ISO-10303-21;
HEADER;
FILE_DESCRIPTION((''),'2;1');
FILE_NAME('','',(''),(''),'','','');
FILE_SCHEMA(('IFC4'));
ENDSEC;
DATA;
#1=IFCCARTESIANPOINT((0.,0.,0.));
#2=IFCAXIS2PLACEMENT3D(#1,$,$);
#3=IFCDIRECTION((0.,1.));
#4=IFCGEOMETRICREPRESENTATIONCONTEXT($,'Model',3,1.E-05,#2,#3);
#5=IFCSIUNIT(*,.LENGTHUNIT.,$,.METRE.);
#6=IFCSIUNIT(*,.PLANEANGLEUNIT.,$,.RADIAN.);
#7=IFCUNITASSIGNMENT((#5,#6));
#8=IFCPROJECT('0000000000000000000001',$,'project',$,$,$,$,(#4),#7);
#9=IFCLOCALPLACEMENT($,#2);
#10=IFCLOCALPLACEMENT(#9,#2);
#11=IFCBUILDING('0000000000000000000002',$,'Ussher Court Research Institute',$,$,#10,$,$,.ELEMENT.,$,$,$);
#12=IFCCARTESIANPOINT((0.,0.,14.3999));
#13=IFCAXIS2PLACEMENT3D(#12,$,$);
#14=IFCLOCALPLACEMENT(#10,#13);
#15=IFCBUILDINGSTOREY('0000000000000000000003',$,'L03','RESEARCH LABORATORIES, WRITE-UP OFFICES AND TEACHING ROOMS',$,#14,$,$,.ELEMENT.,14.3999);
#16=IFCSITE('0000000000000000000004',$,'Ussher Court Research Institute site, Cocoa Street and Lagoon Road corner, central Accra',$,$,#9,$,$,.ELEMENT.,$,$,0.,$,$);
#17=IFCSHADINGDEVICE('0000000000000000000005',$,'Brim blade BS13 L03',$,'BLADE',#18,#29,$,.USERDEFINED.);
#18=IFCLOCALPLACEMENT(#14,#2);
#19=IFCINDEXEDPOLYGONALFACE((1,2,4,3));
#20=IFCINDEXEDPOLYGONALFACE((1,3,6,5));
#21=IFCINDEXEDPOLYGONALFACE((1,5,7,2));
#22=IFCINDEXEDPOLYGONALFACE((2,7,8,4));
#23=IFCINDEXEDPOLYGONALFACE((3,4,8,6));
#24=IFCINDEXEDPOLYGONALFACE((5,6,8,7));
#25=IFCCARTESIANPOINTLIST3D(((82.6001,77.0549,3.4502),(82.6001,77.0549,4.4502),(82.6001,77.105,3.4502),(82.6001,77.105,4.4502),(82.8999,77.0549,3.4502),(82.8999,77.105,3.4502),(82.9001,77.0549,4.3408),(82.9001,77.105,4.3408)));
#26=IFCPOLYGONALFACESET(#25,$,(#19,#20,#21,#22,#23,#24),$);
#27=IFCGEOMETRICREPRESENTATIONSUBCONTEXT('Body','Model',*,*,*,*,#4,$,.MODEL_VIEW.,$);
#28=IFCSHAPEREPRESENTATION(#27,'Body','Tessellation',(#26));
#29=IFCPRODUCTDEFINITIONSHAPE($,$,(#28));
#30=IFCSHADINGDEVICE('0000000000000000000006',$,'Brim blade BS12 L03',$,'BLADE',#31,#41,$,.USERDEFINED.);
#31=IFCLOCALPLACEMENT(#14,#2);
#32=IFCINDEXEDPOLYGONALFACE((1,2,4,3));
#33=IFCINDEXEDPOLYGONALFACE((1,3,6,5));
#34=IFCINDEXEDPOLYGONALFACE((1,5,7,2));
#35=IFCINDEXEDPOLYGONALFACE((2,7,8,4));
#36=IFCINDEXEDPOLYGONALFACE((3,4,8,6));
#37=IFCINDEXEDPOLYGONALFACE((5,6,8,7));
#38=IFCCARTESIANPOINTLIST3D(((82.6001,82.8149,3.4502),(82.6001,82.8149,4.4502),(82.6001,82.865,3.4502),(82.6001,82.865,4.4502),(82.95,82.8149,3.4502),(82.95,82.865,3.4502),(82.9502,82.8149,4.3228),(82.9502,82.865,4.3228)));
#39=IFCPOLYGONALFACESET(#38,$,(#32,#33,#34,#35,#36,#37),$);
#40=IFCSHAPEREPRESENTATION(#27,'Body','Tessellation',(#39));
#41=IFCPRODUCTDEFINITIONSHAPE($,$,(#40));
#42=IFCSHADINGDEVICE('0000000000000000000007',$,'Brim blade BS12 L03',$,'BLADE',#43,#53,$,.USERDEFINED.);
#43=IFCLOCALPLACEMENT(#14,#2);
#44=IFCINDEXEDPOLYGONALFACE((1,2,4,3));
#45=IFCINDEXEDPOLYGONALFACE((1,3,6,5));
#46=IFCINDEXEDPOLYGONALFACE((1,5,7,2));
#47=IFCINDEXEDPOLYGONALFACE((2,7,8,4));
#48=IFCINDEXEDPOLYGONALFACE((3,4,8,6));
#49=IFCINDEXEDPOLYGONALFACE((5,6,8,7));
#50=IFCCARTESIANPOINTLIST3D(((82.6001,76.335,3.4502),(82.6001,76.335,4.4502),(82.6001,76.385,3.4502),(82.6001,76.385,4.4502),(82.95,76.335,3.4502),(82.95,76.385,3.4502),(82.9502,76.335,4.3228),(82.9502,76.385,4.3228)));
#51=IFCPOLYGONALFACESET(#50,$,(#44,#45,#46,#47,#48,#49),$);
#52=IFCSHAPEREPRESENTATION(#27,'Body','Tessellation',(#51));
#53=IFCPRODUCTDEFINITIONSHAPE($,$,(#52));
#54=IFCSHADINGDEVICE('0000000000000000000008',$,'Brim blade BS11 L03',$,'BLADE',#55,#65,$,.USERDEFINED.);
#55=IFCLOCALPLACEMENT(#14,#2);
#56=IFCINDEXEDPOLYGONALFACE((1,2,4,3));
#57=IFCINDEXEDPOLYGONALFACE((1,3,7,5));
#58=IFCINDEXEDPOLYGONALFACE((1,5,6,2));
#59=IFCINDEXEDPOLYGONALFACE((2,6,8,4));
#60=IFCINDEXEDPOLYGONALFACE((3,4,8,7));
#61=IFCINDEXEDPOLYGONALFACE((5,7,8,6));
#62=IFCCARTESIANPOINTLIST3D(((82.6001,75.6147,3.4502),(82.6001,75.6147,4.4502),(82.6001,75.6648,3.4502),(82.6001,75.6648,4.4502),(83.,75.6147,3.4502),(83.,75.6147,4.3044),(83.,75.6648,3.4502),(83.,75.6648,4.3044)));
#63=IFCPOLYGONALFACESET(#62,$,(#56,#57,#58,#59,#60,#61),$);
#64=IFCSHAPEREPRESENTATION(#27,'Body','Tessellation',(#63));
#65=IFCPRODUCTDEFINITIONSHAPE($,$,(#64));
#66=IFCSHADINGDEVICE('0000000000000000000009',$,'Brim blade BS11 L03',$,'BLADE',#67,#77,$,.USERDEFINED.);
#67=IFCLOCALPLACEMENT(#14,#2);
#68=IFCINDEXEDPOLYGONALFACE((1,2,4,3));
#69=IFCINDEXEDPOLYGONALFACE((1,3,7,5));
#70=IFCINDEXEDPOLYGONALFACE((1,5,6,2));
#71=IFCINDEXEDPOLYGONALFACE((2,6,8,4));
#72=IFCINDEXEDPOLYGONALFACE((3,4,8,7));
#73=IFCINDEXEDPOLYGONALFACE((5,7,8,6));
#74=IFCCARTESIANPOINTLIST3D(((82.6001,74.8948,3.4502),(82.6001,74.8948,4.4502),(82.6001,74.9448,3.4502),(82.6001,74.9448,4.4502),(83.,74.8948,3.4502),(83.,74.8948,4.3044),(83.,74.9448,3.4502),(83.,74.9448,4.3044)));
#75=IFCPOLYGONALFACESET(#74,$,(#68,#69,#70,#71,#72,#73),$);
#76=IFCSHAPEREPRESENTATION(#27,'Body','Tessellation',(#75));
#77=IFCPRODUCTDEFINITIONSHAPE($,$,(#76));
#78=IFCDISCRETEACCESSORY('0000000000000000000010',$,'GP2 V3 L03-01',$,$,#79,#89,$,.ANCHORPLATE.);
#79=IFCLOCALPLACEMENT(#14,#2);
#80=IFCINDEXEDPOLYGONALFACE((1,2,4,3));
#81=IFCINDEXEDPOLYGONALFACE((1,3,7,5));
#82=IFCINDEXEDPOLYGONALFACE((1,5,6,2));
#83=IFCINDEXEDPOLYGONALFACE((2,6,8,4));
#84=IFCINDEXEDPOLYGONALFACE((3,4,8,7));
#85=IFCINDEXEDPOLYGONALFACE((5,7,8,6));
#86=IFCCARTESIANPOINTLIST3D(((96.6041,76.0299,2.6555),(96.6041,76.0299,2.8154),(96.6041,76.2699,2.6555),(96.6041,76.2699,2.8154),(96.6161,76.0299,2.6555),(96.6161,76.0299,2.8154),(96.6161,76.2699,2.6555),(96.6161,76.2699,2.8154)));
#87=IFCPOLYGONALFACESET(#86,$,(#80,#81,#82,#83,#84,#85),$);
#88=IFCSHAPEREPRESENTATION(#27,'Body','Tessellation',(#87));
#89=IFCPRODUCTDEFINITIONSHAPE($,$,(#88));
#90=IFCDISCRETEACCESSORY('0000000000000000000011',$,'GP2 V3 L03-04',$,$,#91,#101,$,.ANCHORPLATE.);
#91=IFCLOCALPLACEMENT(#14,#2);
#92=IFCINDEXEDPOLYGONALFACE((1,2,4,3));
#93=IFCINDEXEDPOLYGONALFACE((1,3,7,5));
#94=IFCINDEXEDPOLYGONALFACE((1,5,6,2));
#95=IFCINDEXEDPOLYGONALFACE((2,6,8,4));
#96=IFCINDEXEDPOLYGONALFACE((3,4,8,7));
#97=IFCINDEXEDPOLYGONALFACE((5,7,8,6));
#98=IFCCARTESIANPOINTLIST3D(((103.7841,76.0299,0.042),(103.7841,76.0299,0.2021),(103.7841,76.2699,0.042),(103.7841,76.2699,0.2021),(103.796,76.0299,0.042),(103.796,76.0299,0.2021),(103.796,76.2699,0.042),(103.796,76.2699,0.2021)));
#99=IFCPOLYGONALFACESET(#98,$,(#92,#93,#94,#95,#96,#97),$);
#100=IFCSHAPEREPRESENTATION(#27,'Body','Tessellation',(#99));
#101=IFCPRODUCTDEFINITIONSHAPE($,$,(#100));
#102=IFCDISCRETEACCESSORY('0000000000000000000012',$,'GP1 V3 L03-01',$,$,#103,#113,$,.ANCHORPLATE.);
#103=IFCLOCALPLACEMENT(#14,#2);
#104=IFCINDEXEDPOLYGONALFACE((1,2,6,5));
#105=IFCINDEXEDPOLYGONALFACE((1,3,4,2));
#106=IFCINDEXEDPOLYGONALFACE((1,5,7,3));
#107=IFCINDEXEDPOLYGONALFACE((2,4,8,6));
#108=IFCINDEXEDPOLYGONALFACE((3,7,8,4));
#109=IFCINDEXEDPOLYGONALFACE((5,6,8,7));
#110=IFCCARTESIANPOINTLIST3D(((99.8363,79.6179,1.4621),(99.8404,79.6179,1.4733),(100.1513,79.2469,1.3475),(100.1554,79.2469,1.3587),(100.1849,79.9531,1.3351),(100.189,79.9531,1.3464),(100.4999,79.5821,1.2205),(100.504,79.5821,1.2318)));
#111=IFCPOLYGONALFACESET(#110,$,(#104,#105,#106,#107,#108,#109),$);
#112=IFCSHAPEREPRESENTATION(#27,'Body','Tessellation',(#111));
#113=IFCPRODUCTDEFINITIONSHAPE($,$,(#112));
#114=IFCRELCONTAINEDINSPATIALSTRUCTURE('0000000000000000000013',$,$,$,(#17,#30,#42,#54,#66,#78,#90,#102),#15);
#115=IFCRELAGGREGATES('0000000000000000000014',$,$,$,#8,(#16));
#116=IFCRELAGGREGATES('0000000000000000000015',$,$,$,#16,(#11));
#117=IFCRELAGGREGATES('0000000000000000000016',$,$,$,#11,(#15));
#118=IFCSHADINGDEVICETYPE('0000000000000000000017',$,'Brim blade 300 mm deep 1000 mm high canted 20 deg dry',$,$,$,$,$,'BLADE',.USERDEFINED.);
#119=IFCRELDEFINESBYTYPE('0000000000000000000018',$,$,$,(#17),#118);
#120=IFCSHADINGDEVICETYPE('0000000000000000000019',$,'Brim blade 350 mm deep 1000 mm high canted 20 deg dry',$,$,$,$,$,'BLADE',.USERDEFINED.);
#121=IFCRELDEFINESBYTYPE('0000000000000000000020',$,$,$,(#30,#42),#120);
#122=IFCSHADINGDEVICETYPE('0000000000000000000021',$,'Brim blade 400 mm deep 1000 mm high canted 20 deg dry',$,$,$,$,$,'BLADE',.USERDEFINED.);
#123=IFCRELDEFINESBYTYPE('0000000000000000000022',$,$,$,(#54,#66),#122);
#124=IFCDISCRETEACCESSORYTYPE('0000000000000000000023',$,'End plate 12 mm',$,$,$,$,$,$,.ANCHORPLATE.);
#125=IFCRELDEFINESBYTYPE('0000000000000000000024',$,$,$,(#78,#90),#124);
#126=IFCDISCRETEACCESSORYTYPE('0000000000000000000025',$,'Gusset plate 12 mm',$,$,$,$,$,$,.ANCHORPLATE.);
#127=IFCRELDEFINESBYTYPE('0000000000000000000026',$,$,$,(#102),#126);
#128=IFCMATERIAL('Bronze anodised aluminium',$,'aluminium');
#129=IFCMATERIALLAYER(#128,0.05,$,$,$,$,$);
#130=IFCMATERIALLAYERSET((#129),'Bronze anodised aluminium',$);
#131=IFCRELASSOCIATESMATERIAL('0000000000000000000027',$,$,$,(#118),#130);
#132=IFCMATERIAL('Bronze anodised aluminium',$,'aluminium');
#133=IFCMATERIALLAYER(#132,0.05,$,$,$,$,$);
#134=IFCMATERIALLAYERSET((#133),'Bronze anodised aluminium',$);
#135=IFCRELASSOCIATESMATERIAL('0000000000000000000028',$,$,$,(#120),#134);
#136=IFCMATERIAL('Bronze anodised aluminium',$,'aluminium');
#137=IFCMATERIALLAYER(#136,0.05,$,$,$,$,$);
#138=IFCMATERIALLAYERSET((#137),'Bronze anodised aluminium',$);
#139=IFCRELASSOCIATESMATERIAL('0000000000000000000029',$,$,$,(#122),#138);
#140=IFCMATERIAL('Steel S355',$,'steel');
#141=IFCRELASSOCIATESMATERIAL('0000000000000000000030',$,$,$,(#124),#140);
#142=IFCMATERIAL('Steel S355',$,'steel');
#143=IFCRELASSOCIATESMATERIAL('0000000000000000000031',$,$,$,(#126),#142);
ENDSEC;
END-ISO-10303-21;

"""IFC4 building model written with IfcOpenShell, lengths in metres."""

from ifc_helpers import new_model, si_unit, direction, frame, origin, origin_2d, place, context, subcontext, project, spatial, polyline, rectangle, outline, extrude, material, layer, layer_set, material_profile, profile_set, type_object, element, save


model = new_model("IFC4")

# Units and contexts
model_context = context("Model", 3, precision=1e-05, world=origin(), true_north=direction((0.0, 1.0)))
body_context = subcontext(model_context, "Body", "Model", "MODEL_VIEW")
ifc_project = project(units=[si_unit("LENGTHUNIT", "METRE"), si_unit("PLANEANGLEUNIT", "RADIAN")], contexts=[model_context])

# Site, building, storey
site_placement = place(None, origin())
site = spatial("IfcSite", under=ifc_project, at=site_placement, Name="Ussher Court Research Institute site, Cocoa Street and Lagoon Road corner, central Accra", CompositionType="ELEMENT", RefElevation=0.0)
building_placement = place(site_placement, origin())
building = spatial("IfcBuilding", under=site, at=building_placement, Name="Ussher Court Research Institute", CompositionType="ELEMENT")
storey_placement = place(building_placement, frame((0.0, 0.0, 14.3999)))
storey = spatial("IfcBuildingStorey", under=building, at=storey_placement, Name="L03", Description="RESEARCH LABORATORIES, WRITE-UP OFFICES AND TEACHING ROOMS", CompositionType="ELEMENT", Elevation=14.3999)

# Shading devices
ifc_material_1 = material(Name="Bronze anodised aluminium", Category="aluminium")
ifc_layer_1 = layer(ifc_material_1, 0.05)
ifc_layer_set_1 = layer_set([ifc_layer_1], Name="Bronze anodised aluminium")
shading_device_type_1 = type_object("IfcShadingDeviceType", Name="Brim blade 300 mm deep 1000 mm high canted 20 deg dry", ElementType="BLADE", PredefinedType="USERDEFINED", material=ifc_layer_set_1)
for number, where, z_axis, x_axis, name in (
    (1, (82.6001, 77.0801, 3.4502), (0.0, 0.0, 1.0), (1.0, 0.0, 0.0), "Brim blade BS13 L03"),
):
    element("IfcShadingDevice", number, at=place(storey_placement, frame(where, z_axis=z_axis, x_axis=x_axis)), inside=storey, type_object=shading_device_type_1, Name=name, ObjectType="BLADE", PredefinedType="USERDEFINED", context=body_context, shape_type="SweptSolid", body=[
        extrude(outline(polyline([(0.0, 0.0), (0.2998, 0.0), (0.3, 0.8906), (0.0, 1.0), (0.0, 0.0)])), frame((0.0, 0.0249, 0.0), z_axis=(0.0, -1.0, 0.0), x_axis=(1.0, 0.0, 0.0)), (0.0, 0.0, 1.0), 0.05),
    ])
ifc_material_2 = material(Name="Bronze anodised aluminium", Category="aluminium")
ifc_layer_2 = layer(ifc_material_2, 0.05)
ifc_layer_set_2 = layer_set([ifc_layer_2], Name="Bronze anodised aluminium")
shading_device_type_2 = type_object("IfcShadingDeviceType", Name="Brim blade 350 mm deep 1000 mm high canted 20 deg dry", ElementType="BLADE", PredefinedType="USERDEFINED", material=ifc_layer_set_2)
for number, where, z_axis, x_axis, name in (
    (2, (82.6001, 82.8401, 3.4502), (0.0, 0.0, 1.0), (1.0, 0.0, 0.0), "Brim blade BS12 L03"),
    (3, (82.6001, 76.3601, 3.4502), (0.0, 0.0, 1.0), (1.0, 0.0, 0.0), "Brim blade BS12 L03"),
):
    element("IfcShadingDevice", number, at=place(storey_placement, frame(where, z_axis=z_axis, x_axis=x_axis)), inside=storey, type_object=shading_device_type_2, Name=name, ObjectType="BLADE", PredefinedType="USERDEFINED", context=body_context, shape_type="SweptSolid", body=[
        extrude(outline(polyline([(0.0, 0.0), (0.3499, 0.0), (0.3501, 0.8726), (0.0, 1.0), (0.0, 0.0)])), frame((0.0, 0.0249, 0.0), z_axis=(0.0, -1.0, 0.0), x_axis=(1.0, 0.0, 0.0)), (0.0, 0.0, 1.0), 0.05),
    ])
ifc_material_3 = material(Name="Bronze anodised aluminium", Category="aluminium")
ifc_layer_3 = layer(ifc_material_3, 0.05)
ifc_layer_set_3 = layer_set([ifc_layer_3], Name="Bronze anodised aluminium")
shading_device_type_3 = type_object("IfcShadingDeviceType", Name="Brim blade 400 mm deep 1000 mm high canted 20 deg dry", ElementType="BLADE", PredefinedType="USERDEFINED", material=ifc_layer_set_3)
for number, where, z_axis, x_axis, name in (
    (4, (82.6001, 75.6399, 3.4502), (0.0, 0.0, 1.0), (1.0, 0.0, 0.0), "Brim blade BS11 L03"),
    (5, (82.6001, 74.9199, 3.4502), (0.0, 0.0, 1.0), (1.0, 0.0, 0.0), "Brim blade BS11 L03"),
):
    element("IfcShadingDevice", number, at=place(storey_placement, frame(where, z_axis=z_axis, x_axis=x_axis)), inside=storey, type_object=shading_device_type_3, Name=name, ObjectType="BLADE", PredefinedType="USERDEFINED", context=body_context, shape_type="SweptSolid", body=[
        extrude(outline(polyline([(0.0, 0.0), (0.3999, 0.0), (0.3999, 0.8542), (0.0, 1.0), (0.0, 0.0)])), frame((0.0, 0.0249, 0.0), z_axis=(0.0, -1.0, 0.0), x_axis=(1.0, 0.0, 0.0)), (0.0, 0.0, 1.0), 0.05),
    ])

# Discrete accessories
ifc_material_4 = material(Name="Steel S355", Category="steel")
ifc_material_profile_1 = material_profile(ifc_material_4, rectangle(XDim=0.012, YDim=0.24, at=origin_2d()), Name="PL 12x240")
ifc_profile_set_1 = profile_set([ifc_material_profile_1], Name="Steel S355")
discrete_accessory_type_1 = type_object("IfcDiscreteAccessoryType", Name="End plate 12 mm", PredefinedType="ANCHORPLATE", material=ifc_profile_set_1)
discrete_accessory_1_placement = place(storey_placement, frame((96.6101, 76.1499, 2.6555), z_axis=(0.0, 0.0, 1.0), x_axis=(1.0, 0.0, 0.0)))
element("IfcDiscreteAccessory", 6, at=discrete_accessory_1_placement, inside=storey, type_object=discrete_accessory_type_1, Name="GP2 V3 L03-01", PredefinedType="ANCHORPLATE", context=body_context, shape_type="SweptSolid", body=[
    extrude(rectangle(XDim=0.012, YDim=0.24, at=origin_2d()), origin(), (0.0, 0.0, 1.0), 0.1599),
])
discrete_accessory_2_placement = place(storey_placement, frame((103.79, 76.1499, 0.042), z_axis=(0.0, 0.0, 1.0), x_axis=(1.0, 0.0, 0.0)))
element("IfcDiscreteAccessory", 7, at=discrete_accessory_2_placement, inside=storey, type_object=discrete_accessory_type_1, Name="GP2 V3 L03-04", PredefinedType="ANCHORPLATE", context=body_context, shape_type="SweptSolid", body=[
    extrude(rectangle(XDim=0.012, YDim=0.24, at=origin_2d()), origin(), (0.0, 0.0, 1.0), 0.1602),
])
ifc_material_5 = material(Name="Steel S355", Category="steel")
ifc_material_profile_2 = material_profile(ifc_material_5, rectangle(XDim=0.5, YDim=0.012, at=origin_2d()), Name="PL 500x12")
ifc_profile_set_2 = profile_set([ifc_material_profile_2], Name="Steel S355")
discrete_accessory_type_2 = type_object("IfcDiscreteAccessoryType", Name="Gusset plate 12 mm", PredefinedType="ANCHORPLATE", material=ifc_profile_set_2)
discrete_accessory_3_placement = place(storey_placement, frame((99.9958, 79.4324, 1.4104), z_axis=(0.697232, 0.670377, -0.253894), x_axis=(0.62997, -0.74202, -0.229223)))
element("IfcDiscreteAccessory", 8, at=discrete_accessory_3_placement, inside=storey, type_object=discrete_accessory_type_2, Name="GP1 V3 L03-01", PredefinedType="ANCHORPLATE", context=body_context, shape_type="SweptSolid", body=[
    extrude(rectangle(XDim=0.5, YDim=0.012, at=origin_2d()), origin(), (0.0, 0.0, 1.0), 0.5),
])

save(model, "model.ifc")
